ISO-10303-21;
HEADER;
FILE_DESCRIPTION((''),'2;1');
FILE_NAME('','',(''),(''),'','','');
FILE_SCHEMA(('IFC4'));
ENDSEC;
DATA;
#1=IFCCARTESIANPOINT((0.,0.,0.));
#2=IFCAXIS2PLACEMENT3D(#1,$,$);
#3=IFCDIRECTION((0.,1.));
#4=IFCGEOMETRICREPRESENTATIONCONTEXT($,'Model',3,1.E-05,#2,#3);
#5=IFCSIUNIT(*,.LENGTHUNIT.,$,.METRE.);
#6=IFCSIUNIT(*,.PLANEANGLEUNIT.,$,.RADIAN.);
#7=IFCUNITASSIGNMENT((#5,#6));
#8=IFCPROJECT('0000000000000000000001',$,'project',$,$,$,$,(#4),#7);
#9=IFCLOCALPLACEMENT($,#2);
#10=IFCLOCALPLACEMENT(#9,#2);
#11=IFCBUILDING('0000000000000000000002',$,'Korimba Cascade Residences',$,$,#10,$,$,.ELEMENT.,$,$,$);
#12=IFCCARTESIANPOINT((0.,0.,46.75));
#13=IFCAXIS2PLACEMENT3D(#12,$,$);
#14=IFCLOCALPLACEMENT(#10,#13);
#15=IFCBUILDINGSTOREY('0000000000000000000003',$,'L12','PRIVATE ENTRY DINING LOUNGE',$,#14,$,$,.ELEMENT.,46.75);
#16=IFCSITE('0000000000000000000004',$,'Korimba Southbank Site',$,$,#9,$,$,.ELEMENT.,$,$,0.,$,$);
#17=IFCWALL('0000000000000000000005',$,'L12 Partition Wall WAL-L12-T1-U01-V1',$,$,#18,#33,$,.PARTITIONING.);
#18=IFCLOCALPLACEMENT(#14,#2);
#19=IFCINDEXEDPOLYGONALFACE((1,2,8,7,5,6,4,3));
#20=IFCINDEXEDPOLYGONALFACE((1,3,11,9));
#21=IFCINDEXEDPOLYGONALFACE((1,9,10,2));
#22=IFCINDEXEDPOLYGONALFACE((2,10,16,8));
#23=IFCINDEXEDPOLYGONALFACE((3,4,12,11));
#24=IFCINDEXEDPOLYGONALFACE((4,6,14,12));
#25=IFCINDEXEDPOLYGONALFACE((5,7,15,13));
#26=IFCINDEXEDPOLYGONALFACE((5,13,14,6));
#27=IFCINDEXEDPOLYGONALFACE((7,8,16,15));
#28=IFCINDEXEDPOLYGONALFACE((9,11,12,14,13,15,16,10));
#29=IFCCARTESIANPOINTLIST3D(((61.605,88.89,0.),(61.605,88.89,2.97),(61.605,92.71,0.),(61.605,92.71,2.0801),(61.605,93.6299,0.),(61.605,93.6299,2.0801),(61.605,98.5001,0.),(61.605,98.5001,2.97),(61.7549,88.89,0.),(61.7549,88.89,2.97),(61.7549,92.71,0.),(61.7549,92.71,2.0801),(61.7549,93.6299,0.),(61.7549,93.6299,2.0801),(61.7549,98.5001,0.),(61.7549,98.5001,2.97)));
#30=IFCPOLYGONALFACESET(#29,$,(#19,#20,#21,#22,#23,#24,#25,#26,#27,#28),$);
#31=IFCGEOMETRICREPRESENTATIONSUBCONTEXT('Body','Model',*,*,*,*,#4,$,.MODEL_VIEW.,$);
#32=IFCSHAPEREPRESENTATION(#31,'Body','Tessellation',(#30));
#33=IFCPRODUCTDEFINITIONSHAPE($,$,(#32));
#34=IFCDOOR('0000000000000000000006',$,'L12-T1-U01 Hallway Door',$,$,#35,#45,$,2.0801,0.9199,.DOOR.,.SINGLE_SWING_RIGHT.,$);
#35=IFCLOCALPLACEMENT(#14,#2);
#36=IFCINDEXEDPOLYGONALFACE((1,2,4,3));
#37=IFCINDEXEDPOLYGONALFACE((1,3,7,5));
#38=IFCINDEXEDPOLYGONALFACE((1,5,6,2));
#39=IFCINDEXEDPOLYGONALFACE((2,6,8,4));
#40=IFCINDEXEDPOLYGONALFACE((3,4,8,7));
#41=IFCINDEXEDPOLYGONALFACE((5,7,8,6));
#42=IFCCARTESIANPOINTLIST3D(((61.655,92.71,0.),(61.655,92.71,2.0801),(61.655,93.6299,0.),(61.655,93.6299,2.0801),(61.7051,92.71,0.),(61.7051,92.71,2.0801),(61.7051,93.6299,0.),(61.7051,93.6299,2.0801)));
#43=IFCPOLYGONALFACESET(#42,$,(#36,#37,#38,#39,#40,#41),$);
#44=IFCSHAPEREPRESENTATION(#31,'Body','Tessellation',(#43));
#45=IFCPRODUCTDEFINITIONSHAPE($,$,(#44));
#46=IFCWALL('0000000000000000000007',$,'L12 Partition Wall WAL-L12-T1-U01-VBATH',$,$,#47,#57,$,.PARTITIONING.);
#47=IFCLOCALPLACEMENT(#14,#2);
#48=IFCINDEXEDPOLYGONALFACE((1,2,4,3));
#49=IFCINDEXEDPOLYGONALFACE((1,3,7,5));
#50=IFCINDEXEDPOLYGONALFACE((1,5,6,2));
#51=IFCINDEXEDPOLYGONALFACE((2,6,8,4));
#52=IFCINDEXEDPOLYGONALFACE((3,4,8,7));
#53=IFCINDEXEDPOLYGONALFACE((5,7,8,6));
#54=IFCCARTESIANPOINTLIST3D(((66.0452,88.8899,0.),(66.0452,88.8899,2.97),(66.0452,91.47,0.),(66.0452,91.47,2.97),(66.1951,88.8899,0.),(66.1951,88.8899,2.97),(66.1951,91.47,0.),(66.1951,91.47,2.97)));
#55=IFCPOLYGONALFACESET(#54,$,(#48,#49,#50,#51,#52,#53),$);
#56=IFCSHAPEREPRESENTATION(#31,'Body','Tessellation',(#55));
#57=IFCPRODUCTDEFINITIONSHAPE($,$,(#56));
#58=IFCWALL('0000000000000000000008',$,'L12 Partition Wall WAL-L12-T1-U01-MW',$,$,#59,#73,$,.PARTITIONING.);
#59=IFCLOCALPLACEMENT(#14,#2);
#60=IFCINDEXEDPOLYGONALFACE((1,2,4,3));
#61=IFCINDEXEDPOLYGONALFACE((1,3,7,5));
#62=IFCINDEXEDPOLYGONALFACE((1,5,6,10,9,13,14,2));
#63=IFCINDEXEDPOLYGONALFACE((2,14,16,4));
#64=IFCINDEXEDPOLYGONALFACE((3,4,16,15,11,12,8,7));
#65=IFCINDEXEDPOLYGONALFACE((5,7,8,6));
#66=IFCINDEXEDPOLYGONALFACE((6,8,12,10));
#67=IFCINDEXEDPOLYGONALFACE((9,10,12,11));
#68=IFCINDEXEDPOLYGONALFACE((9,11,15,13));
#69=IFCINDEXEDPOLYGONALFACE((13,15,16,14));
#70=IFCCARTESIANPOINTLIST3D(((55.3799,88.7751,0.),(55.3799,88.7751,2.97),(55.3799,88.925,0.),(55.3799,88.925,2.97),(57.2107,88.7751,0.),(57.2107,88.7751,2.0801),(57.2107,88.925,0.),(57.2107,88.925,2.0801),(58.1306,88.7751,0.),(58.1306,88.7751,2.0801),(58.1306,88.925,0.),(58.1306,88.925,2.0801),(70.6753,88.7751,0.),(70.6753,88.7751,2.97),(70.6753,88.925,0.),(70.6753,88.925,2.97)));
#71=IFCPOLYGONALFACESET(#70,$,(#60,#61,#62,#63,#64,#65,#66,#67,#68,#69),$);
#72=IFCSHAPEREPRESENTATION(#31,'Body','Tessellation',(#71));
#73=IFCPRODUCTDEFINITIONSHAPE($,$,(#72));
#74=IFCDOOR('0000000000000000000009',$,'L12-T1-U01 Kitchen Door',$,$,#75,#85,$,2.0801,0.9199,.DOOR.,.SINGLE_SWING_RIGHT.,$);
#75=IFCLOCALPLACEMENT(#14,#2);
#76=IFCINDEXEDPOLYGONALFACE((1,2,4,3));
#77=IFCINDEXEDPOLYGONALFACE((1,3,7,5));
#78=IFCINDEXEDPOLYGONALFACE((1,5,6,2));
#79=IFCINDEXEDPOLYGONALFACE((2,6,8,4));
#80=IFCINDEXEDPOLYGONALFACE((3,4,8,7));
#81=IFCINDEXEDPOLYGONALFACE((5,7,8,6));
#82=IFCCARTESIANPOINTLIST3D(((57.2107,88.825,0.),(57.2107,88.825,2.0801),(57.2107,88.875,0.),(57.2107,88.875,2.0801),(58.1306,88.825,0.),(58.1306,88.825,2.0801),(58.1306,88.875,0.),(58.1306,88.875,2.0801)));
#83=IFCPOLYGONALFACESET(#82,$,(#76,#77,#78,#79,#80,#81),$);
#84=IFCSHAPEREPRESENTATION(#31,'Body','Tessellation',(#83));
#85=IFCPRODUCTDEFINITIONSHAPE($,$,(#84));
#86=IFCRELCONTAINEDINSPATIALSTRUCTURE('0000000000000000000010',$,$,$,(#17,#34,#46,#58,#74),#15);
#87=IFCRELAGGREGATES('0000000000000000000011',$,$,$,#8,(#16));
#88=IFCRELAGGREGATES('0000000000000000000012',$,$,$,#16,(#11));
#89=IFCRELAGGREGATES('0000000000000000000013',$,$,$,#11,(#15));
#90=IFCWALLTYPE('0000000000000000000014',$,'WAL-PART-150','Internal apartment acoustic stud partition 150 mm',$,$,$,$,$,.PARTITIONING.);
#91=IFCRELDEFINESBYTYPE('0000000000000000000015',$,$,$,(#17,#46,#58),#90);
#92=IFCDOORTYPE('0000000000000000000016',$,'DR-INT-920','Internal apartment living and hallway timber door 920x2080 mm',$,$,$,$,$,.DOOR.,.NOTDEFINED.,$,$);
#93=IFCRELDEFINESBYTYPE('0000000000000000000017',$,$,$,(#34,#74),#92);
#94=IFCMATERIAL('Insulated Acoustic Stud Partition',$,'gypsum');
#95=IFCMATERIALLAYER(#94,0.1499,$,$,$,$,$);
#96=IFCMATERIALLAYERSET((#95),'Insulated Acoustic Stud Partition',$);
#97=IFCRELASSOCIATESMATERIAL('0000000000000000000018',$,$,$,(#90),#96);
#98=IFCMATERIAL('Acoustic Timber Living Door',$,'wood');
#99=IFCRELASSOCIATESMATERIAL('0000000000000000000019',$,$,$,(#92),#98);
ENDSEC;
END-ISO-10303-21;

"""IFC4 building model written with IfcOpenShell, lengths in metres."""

from ifc_helpers import new_model, si_unit, direction, frame, frame_2d, origin, place, context, subcontext, project, spatial, rectangle, extrude, material, layer, layer_set, type_object, element, fill, save


model = new_model("IFC4")

# Units and contexts
model_context = context("Model", 3, precision=1e-05, world=origin(), true_north=direction((0.0, 1.0)))
body_context = subcontext(model_context, "Body", "Model", "MODEL_VIEW")
ifc_project = project(units=[si_unit("LENGTHUNIT", "METRE"), si_unit("PLANEANGLEUNIT", "RADIAN")], contexts=[model_context])

# Site, building, storey
site_placement = place(None, origin())
site = spatial("IfcSite", under=ifc_project, at=site_placement, Name="Korimba Southbank Site", CompositionType="ELEMENT", RefElevation=0.0)
building_placement = place(site_placement, origin())
building = spatial("IfcBuilding", under=site, at=building_placement, Name="Korimba Cascade Residences", CompositionType="ELEMENT")
storey_placement = place(building_placement, frame((0.0, 0.0, 46.75)))
storey = spatial("IfcBuildingStorey", under=building, at=storey_placement, Name="L12", Description="PRIVATE ENTRY DINING LOUNGE", CompositionType="ELEMENT", Elevation=46.75)

# Wall, opening, door
ifc_material_1 = material(Name="Insulated Acoustic Stud Partition", Category="gypsum")
ifc_layer_1 = layer(ifc_material_1, 0.1499)
ifc_layer_set_1 = layer_set([ifc_layer_1], Name="Insulated Acoustic Stud Partition")
wall_type_1 = type_object("IfcWallType", Name="WAL-PART-150", Description="Internal apartment acoustic stud partition 150 mm", PredefinedType="PARTITIONING", material=ifc_layer_set_1)
wall_1_placement = place(storey_placement, frame((61.6799, 88.8899, 0.0), z_axis=(0.0, 0.0, 1.0), x_axis=(0.0, 1.0, 0.0)))
wall_1 = element("IfcWall", 1, at=wall_1_placement, inside=storey, type_object=wall_type_1, Name="L12 Partition Wall WAL-L12-T1-U01-V1", PredefinedType="PARTITIONING", context=body_context, shape_type="SweptSolid", body=[
    extrude(rectangle(XDim=9.6101, YDim=0.1499, at=frame_2d((4.8052, 0.0))), origin(), (0.0, 0.0, 1.0), 2.97),
])
opening_1_placement = place(wall_1_placement, frame((3.8201, 0.0, 0.0)))
opening_1 = element("IfcOpeningElement", 2, at=opening_1_placement, cuts=wall_1, PredefinedType="OPENING", context=body_context, shape_type="SweptSolid", body=[
    extrude(rectangle(XDim=0.9199, YDim=2.0801, at=frame_2d((0.46, 1.04))), frame((0.0, 0.085, 0.0), z_axis=(0.0, -1.0, 0.0), x_axis=(1.0, 0.0, 0.0)), (0.0, 0.0, 1.0), 0.1699),
])
ifc_material_2 = material(Name="Acoustic Timber Living Door", Category="wood")
door_type_1 = type_object("IfcDoorType", Name="DR-INT-920", Description="Internal apartment living and hallway timber door 920x2080 mm", OperationType="NOTDEFINED", PredefinedType="DOOR", material=ifc_material_2)
door_1_placement = place(opening_1_placement, origin())
door_1 = element("IfcDoor", 3, at=door_1_placement, inside=storey, type_object=door_type_1, Name="L12-T1-U01 Hallway Door", OperationType="SINGLE_SWING_RIGHT", OverallHeight=2.0801, OverallWidth=0.9199, PredefinedType="DOOR", context=body_context, shape_type="SweptSolid", body=[
    extrude(rectangle(XDim=0.9199, YDim=2.0801, at=frame_2d((0.46, 1.04))), frame((0.0, 0.0249, 0.0), z_axis=(0.0, -1.0, 0.0), x_axis=(1.0, 0.0, 0.0)), (0.0, 0.0, 1.0), 0.05),
])
fill(opening_1, door_1)

# Wall
wall_2_placement = place(storey_placement, frame((66.1201, 88.8899, 0.0), z_axis=(0.0, 0.0, 1.0), x_axis=(0.0, 1.0, 0.0)))
element("IfcWall", 4, at=wall_2_placement, inside=storey, type_object=wall_type_1, Name="L12 Partition Wall WAL-L12-T1-U01-VBATH", PredefinedType="PARTITIONING", context=body_context, shape_type="SweptSolid", body=[
    extrude(rectangle(XDim=2.5801, YDim=0.1499, at=frame_2d((1.29, 0.0))), origin(), (0.0, 0.0, 1.0), 2.97),
])

# Wall, opening, door
wall_3_placement = place(storey_placement, frame((55.3799, 88.8501, 0.0), z_axis=(0.0, 0.0, 1.0), x_axis=(1.0, 0.0, 0.0)))
wall_3 = element("IfcWall", 5, at=wall_3_placement, inside=storey, type_object=wall_type_1, Name="L12 Partition Wall WAL-L12-T1-U01-MW", PredefinedType="PARTITIONING", context=body_context, shape_type="SweptSolid", body=[
    extrude(rectangle(XDim=15.2954, YDim=0.1499, at=frame_2d((7.6477, 0.0))), origin(), (0.0, 0.0, 1.0), 2.97),
])
opening_2_placement = place(wall_3_placement, frame((1.8308, 0.0, 0.0)))
opening_2 = element("IfcOpeningElement", 6, at=opening_2_placement, cuts=wall_3, PredefinedType="OPENING", context=body_context, shape_type="SweptSolid", body=[
    extrude(rectangle(XDim=0.9199, YDim=2.0801, at=frame_2d((0.46, 1.04))), frame((0.0, 0.085, 0.0), z_axis=(0.0, -1.0, 0.0), x_axis=(1.0, 0.0, 0.0)), (0.0, 0.0, 1.0), 0.1699),
])
door_2_placement = place(opening_2_placement, origin())
door_2 = element("IfcDoor", 7, at=door_2_placement, inside=storey, type_object=door_type_1, Name="L12-T1-U01 Kitchen Door", OperationType="SINGLE_SWING_RIGHT", OverallHeight=2.0801, OverallWidth=0.9199, PredefinedType="DOOR", context=body_context, shape_type="SweptSolid", body=[
    extrude(rectangle(XDim=0.9199, YDim=2.0801, at=frame_2d((0.46, 1.04))), frame((0.0, 0.0249, 0.0), z_axis=(0.0, -1.0, 0.0), x_axis=(1.0, 0.0, 0.0)), (0.0, 0.0, 1.0), 0.05),
])
fill(opening_2, door_2)

save(model, "model.ifc")
